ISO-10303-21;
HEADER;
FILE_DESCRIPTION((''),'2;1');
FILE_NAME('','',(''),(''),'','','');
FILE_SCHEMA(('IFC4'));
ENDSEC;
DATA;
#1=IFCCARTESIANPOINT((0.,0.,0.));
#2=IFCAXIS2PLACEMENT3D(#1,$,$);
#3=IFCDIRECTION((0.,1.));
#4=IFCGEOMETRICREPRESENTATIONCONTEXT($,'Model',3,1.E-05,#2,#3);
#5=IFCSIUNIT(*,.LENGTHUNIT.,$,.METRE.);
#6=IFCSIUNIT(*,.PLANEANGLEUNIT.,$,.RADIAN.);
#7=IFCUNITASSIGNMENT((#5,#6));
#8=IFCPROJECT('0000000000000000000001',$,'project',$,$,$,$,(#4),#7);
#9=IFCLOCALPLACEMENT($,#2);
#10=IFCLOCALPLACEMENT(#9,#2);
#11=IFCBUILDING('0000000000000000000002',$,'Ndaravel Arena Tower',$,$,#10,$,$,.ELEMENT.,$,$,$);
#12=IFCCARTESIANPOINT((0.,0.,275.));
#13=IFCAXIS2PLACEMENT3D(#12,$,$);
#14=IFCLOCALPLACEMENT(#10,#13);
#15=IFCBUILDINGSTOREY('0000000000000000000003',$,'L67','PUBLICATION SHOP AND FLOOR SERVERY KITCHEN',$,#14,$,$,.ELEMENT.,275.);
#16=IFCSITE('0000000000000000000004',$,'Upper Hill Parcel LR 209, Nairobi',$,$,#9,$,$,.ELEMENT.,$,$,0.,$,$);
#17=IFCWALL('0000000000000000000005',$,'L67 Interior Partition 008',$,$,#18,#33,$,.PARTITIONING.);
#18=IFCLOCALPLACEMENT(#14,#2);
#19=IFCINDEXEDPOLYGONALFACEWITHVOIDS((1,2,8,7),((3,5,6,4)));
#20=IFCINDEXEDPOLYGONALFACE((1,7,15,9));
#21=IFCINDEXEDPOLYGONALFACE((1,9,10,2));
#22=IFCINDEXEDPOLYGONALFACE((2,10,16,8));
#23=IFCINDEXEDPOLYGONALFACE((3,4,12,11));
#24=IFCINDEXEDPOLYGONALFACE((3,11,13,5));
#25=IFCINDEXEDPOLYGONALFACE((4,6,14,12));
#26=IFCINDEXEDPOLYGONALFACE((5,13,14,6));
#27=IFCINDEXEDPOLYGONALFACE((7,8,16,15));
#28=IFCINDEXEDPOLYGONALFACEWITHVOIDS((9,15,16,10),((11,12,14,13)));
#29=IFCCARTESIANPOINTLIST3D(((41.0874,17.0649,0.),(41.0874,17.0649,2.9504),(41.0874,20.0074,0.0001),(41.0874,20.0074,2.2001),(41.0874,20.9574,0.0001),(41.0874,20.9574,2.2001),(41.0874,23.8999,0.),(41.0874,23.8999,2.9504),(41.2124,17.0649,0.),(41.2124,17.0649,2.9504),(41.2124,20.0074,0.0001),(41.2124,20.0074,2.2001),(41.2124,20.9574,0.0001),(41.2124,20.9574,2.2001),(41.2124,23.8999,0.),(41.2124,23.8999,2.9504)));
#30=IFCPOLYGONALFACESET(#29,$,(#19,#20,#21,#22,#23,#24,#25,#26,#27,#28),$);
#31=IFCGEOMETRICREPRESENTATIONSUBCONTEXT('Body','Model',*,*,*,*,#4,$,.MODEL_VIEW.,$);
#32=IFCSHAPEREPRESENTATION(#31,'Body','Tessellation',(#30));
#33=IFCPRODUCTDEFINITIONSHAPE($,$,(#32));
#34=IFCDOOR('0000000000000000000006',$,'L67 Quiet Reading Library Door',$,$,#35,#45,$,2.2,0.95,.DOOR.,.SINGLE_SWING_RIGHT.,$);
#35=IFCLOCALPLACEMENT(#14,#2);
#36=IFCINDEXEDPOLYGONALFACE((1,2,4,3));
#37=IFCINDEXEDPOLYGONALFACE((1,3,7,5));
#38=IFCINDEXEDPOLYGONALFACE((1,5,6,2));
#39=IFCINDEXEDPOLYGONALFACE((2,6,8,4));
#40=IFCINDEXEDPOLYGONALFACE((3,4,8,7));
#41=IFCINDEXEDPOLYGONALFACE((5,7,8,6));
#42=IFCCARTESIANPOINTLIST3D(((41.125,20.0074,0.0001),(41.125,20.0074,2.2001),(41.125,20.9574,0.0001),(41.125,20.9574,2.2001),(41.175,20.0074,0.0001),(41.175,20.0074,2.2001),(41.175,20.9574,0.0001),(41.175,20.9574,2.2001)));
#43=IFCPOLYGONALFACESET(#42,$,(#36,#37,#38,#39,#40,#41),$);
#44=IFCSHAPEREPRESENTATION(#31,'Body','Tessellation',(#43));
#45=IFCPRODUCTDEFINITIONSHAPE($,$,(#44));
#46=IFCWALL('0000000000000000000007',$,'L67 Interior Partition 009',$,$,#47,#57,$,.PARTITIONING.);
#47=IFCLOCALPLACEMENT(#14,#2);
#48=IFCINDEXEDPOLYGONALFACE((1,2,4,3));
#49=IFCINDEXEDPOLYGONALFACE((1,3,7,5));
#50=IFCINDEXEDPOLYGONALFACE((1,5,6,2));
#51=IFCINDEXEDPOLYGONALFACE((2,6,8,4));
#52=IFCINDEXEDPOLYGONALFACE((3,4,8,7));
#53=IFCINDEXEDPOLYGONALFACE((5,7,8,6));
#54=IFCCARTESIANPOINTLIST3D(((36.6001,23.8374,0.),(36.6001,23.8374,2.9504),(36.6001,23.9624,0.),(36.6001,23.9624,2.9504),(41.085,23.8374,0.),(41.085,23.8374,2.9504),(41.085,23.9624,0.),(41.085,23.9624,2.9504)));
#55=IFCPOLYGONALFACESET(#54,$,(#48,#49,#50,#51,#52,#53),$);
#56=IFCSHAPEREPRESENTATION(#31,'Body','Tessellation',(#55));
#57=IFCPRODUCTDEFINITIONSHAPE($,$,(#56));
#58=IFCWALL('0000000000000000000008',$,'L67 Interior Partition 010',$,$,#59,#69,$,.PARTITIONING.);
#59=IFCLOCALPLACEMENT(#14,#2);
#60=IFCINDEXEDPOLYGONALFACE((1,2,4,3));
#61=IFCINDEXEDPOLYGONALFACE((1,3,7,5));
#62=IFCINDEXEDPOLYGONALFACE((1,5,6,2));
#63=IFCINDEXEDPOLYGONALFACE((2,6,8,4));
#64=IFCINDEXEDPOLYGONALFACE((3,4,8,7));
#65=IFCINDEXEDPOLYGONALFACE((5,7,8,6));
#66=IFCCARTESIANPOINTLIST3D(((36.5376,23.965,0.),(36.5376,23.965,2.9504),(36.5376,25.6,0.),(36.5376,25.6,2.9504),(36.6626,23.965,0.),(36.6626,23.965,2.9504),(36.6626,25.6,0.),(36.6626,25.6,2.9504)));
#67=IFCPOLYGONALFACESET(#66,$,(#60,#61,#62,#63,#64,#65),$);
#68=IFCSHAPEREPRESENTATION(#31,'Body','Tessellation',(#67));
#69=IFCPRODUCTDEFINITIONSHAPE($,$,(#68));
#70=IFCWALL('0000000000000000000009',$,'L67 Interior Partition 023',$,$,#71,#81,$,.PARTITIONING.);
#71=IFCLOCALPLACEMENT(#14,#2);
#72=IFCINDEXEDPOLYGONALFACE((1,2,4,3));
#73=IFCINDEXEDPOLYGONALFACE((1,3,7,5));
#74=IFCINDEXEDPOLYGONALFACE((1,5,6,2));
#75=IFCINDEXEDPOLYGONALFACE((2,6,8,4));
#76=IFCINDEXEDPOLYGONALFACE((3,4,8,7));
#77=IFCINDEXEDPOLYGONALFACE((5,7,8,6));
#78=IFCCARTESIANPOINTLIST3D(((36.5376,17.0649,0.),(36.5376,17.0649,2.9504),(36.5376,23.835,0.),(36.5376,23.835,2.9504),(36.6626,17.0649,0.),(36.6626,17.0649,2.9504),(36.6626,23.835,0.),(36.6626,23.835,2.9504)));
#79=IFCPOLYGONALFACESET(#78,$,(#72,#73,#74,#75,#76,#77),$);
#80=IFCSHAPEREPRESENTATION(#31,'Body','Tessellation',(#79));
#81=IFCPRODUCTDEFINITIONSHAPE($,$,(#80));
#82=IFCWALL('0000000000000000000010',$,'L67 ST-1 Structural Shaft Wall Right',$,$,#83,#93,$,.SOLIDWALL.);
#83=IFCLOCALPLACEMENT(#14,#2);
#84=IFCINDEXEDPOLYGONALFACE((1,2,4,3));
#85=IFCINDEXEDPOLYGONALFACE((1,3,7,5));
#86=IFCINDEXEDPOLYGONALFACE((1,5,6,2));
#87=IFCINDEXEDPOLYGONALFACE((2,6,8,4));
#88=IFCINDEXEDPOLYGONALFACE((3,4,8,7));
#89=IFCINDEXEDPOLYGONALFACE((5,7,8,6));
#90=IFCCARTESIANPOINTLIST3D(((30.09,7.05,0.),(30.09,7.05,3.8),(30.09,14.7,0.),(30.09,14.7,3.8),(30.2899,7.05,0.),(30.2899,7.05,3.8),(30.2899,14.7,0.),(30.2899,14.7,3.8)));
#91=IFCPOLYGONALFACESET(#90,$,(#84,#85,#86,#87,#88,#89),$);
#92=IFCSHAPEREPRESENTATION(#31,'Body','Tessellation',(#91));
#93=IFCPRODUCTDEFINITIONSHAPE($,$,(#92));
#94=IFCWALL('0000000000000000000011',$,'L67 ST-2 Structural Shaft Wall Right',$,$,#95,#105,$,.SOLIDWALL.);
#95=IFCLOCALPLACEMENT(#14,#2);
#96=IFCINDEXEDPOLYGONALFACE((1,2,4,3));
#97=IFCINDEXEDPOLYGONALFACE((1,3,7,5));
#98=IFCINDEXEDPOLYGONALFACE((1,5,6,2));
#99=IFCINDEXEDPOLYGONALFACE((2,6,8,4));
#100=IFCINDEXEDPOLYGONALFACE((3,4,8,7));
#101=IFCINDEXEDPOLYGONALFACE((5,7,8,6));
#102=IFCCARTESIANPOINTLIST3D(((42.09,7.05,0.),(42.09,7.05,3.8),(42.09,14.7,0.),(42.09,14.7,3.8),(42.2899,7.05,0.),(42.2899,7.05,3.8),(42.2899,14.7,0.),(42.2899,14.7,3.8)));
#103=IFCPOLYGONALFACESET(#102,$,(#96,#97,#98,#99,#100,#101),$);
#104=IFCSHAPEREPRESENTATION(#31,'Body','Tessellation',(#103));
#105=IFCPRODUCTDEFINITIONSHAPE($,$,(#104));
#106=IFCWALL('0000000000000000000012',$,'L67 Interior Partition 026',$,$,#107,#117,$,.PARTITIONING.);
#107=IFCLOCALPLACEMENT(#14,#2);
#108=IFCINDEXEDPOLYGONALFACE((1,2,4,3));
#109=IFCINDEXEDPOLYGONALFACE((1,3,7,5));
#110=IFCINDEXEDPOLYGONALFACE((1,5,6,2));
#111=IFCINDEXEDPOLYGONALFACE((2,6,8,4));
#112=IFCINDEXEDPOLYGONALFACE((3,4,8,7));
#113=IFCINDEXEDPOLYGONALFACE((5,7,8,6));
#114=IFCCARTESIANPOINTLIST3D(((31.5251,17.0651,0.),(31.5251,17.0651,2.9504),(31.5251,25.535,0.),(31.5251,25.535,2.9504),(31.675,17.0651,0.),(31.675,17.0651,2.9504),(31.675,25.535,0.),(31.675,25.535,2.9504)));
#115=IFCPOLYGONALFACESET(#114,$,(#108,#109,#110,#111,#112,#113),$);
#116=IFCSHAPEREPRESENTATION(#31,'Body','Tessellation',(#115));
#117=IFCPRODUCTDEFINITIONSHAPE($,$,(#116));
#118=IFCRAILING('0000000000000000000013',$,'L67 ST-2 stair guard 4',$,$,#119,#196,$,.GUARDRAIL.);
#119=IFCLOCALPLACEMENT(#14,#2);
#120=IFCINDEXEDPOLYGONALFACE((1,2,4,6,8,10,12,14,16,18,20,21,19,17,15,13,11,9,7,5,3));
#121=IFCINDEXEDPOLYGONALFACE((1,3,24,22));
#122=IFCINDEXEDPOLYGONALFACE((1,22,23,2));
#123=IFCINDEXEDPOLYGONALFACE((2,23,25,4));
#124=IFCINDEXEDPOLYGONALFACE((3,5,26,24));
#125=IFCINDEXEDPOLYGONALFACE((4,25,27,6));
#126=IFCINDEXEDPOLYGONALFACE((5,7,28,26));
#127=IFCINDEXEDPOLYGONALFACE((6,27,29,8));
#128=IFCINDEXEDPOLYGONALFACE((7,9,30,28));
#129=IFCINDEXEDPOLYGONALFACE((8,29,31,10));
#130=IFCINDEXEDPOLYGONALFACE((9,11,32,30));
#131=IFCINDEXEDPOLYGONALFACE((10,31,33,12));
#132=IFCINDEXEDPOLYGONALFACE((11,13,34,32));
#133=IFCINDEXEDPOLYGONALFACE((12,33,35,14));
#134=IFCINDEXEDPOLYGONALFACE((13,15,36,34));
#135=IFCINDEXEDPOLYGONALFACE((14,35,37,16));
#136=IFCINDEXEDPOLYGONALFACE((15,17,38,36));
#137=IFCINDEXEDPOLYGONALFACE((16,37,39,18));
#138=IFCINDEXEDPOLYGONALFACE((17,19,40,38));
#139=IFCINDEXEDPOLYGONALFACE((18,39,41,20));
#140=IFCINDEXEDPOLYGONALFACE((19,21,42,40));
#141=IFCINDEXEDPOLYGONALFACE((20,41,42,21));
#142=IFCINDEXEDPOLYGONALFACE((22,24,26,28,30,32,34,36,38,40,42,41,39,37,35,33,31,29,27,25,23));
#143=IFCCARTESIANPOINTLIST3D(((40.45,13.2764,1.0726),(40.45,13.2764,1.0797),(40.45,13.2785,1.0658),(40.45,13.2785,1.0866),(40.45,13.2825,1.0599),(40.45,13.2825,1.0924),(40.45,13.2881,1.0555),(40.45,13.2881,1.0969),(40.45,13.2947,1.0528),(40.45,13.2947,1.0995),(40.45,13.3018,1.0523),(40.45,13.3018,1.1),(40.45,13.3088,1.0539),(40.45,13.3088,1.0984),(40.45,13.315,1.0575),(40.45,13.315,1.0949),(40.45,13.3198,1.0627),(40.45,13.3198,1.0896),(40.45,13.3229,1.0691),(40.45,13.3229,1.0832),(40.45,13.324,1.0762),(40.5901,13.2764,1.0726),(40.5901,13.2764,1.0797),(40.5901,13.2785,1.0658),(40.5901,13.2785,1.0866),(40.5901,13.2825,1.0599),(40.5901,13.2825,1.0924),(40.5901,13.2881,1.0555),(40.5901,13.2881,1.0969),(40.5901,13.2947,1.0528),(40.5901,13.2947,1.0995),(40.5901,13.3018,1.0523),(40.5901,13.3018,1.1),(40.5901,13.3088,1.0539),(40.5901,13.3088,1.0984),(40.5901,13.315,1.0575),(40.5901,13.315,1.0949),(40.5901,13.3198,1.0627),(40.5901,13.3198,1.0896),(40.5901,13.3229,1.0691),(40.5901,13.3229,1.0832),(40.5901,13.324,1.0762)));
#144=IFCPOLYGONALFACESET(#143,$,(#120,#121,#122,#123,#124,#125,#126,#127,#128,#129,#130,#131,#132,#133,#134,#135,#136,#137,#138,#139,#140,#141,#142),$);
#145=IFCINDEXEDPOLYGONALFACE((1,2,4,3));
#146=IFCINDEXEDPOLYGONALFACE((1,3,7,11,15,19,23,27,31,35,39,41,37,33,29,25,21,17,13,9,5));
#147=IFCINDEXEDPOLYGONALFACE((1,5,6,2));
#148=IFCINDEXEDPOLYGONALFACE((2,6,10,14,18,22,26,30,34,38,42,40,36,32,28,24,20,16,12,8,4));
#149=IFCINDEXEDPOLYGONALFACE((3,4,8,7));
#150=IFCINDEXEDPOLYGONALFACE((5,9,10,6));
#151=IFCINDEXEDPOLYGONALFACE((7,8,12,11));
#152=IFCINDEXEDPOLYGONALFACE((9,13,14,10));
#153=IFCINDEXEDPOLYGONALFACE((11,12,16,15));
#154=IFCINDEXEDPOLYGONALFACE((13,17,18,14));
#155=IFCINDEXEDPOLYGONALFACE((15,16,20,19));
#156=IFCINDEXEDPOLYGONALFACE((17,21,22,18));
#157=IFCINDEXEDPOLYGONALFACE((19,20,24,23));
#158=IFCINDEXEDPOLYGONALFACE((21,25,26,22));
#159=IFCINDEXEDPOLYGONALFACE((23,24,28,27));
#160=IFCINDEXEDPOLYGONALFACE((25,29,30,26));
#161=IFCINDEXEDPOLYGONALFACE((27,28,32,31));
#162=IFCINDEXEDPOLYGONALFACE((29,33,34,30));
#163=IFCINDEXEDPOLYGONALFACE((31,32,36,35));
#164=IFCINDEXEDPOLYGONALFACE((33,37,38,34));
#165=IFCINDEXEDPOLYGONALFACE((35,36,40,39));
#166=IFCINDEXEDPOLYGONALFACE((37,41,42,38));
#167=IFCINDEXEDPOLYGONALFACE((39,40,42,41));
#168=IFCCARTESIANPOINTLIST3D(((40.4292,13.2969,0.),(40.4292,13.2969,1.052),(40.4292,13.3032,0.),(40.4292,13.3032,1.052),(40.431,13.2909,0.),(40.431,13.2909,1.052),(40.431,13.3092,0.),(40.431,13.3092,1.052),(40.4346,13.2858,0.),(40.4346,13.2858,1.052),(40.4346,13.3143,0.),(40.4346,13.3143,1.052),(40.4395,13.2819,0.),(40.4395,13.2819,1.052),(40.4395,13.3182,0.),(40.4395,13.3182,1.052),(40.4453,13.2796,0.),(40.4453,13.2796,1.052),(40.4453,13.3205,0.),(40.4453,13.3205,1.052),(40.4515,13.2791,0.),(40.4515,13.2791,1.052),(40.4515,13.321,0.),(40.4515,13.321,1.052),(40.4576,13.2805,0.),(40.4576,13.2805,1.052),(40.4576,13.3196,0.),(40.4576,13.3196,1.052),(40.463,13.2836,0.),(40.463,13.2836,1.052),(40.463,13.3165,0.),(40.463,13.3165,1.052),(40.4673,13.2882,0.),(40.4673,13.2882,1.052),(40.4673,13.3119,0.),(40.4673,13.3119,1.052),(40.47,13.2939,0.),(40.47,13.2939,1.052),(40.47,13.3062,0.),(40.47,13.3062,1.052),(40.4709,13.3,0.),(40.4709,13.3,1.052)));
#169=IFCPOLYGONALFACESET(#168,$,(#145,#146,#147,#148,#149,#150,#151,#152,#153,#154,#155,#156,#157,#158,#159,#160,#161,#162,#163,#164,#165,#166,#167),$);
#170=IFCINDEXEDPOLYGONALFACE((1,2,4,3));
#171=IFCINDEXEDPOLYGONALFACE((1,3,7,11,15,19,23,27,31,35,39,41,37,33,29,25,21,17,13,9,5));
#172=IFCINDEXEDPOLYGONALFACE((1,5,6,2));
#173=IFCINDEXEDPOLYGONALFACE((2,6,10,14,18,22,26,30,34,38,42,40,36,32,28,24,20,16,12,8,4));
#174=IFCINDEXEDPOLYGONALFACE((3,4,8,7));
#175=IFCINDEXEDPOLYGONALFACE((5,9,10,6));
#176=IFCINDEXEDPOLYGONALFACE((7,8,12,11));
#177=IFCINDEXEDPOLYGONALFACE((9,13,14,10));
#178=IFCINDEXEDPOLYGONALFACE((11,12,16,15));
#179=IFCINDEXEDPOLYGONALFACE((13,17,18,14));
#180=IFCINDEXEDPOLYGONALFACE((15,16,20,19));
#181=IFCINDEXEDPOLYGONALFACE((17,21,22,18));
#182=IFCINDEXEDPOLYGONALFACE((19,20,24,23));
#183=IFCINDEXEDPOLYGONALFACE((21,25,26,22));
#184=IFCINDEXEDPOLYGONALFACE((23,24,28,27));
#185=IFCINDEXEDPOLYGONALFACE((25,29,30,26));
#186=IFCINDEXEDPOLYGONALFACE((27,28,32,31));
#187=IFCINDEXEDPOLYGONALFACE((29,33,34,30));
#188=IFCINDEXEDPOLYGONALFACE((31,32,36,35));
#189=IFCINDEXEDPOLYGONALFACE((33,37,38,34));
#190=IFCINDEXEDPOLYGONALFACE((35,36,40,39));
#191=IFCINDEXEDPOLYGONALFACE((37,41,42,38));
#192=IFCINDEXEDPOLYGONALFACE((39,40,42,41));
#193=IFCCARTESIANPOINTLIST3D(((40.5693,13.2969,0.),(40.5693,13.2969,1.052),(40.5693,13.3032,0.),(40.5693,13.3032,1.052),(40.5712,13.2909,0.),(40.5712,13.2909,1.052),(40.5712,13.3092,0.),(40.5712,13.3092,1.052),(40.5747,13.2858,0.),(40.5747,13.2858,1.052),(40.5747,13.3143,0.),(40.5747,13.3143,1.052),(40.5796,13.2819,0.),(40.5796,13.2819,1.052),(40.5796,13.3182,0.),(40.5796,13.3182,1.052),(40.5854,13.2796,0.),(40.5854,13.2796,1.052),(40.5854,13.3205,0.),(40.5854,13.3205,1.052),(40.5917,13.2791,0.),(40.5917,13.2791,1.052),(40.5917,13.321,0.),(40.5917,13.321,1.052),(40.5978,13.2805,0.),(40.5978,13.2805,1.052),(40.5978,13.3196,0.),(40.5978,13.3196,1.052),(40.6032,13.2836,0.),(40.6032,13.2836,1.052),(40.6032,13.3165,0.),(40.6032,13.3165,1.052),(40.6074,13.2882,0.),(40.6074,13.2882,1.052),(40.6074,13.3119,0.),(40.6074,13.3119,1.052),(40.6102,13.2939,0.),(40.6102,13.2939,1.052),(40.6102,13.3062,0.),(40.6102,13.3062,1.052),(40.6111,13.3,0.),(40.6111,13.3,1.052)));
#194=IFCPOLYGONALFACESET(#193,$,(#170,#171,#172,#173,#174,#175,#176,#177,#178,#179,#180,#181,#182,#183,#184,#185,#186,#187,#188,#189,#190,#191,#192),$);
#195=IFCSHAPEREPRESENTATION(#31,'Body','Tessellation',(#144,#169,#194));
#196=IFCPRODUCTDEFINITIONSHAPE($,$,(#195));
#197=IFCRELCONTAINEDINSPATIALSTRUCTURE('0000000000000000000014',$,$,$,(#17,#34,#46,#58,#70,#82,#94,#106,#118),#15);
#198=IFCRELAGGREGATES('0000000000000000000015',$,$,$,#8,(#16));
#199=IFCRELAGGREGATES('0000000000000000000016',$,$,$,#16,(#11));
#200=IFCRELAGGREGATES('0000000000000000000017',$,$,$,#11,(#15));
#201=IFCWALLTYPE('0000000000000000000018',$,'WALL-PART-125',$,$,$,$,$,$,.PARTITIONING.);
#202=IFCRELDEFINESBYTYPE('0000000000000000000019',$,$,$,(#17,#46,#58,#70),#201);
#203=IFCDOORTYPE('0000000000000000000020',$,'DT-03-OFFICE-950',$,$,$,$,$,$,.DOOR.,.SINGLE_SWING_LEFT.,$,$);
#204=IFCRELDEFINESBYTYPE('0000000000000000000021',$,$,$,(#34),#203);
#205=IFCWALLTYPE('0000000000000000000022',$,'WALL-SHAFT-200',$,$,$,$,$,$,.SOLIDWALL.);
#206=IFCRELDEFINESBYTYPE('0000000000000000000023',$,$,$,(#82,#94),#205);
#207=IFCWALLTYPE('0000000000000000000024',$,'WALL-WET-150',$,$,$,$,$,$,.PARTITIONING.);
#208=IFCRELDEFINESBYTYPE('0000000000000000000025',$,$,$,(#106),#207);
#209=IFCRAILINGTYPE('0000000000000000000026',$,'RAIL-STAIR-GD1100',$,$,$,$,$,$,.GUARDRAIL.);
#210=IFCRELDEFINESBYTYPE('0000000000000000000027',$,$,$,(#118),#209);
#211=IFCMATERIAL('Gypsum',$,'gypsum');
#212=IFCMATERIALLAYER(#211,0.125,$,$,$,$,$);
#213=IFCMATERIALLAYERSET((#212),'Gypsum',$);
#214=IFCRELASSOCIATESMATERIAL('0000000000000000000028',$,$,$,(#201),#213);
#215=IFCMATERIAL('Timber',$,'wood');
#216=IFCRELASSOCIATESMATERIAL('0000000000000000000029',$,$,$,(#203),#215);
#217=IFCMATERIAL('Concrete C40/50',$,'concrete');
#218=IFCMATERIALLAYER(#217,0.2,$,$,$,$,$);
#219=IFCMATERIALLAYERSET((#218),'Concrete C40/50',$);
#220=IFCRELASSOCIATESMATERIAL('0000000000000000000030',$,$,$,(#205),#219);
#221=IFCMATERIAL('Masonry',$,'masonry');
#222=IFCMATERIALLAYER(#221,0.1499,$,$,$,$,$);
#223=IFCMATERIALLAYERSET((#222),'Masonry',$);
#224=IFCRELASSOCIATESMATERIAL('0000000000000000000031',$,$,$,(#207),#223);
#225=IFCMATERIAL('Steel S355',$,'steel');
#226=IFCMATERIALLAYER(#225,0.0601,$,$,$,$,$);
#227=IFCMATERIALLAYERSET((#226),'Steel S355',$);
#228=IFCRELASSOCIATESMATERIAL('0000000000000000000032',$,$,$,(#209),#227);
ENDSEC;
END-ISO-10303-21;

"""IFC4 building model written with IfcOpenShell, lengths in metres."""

from ifc_helpers import new_model, si_unit, direction, frame, frame_2d, origin, origin_2d, place, context, subcontext, project, spatial, rectangle, circle, extrude, material, layer, layer_set, type_object, element, fill, save


model = new_model("IFC4")

# Units and contexts
model_context = context("Model", 3, precision=1e-05, world=origin(), true_north=direction((0.0, 1.0)))
body_context = subcontext(model_context, "Body", "Model", "MODEL_VIEW")
ifc_project = project(units=[si_unit("LENGTHUNIT", "METRE"), si_unit("PLANEANGLEUNIT", "RADIAN")], contexts=[model_context])

# Site, building, storey
site_placement = place(None, origin())
site = spatial("IfcSite", under=ifc_project, at=site_placement, Name="Upper Hill Parcel LR 209, Nairobi", CompositionType="ELEMENT", RefElevation=0.0)
building_placement = place(site_placement, origin())
building = spatial("IfcBuilding", under=site, at=building_placement, Name="Ndaravel Arena Tower", CompositionType="ELEMENT")
storey_placement = place(building_placement, frame((0.0, 0.0, 275.0)))
storey = spatial("IfcBuildingStorey", under=building, at=storey_placement, Name="L67", Description="PUBLICATION SHOP AND FLOOR SERVERY KITCHEN", CompositionType="ELEMENT", Elevation=275.0)

# Shared definitions
ifc_material_1 = material(Name="Gypsum", Category="gypsum")
ifc_layer_1 = layer(ifc_material_1, 0.125)
ifc_layer_set_1 = layer_set([ifc_layer_1], Name="Gypsum")
wall_type_1 = type_object("IfcWallType", Name="WALL-PART-125", PredefinedType="PARTITIONING", material=ifc_layer_set_1)
ifc_material_2 = material(Name="Timber", Category="wood")
door_type = type_object("IfcDoorType", Name="DT-03-OFFICE-950", OperationType="SINGLE_SWING_LEFT", PredefinedType="DOOR", material=ifc_material_2)

# Wall, opening, door
wall_1_placement = place(storey_placement, frame((41.1499, 17.0649, 0.0), z_axis=(0.0, 0.0, 1.0), x_axis=(0.0, 1.0, 0.0)))
wall_1 = element("IfcWall", 1, at=wall_1_placement, inside=storey, type_object=wall_type_1, Name="L67 Interior Partition 008", PredefinedType="PARTITIONING", context=body_context, shape_type="SweptSolid", body=[
    extrude(rectangle(XDim=6.835, YDim=0.125, at=frame_2d((3.4175, 0.0))), origin(), (0.0, 0.0, 1.0), 2.9504),
])
opening_1_placement = place(wall_1_placement, frame((2.9424, 0.0, 0.0)))
opening_1 = element("IfcOpeningElement", 2, at=opening_1_placement, cuts=wall_1, PredefinedType="OPENING", context=body_context, shape_type="SweptSolid", body=[
    extrude(rectangle(XDim=0.95, YDim=2.2, at=frame_2d((0.4751, 1.1001))), frame((0.0, 0.0625, 0.0), z_axis=(0.0, -1.0, 0.0), x_axis=(1.0, 0.0, 0.0)), (0.0, 0.0, 1.0), 0.125),
])
door_1_placement = place(opening_1_placement, origin())
door_1 = element("IfcDoor", 3, at=door_1_placement, inside=storey, type_object=door_type, Name="L67 Quiet Reading Library Door", OperationType="SINGLE_SWING_RIGHT", OverallHeight=2.2, OverallWidth=0.95, PredefinedType="DOOR", context=body_context, shape_type="SweptSolid", body=[
    extrude(rectangle(XDim=0.95, YDim=2.2, at=frame_2d((0.4751, 1.1001))), frame((0.0, 0.0249, 0.0), z_axis=(0.0, -1.0, 0.0), x_axis=(1.0, 0.0, 0.0)), (0.0, 0.0, 1.0), 0.05),
])
fill(opening_1, door_1)

# Walls
wall_2_placement = place(storey_placement, frame((41.085, 23.8999, 0.0), z_axis=(0.0, 0.0, 1.0), x_axis=(-1.0, 0.0, 0.0)))
element("IfcWall", 4, at=wall_2_placement, inside=storey, type_object=wall_type_1, Name="L67 Interior Partition 009", PredefinedType="PARTITIONING", context=body_context, shape_type="SweptSolid", body=[
    extrude(rectangle(XDim=4.4849, YDim=0.125, at=frame_2d((2.2424, 0.0))), origin(), (0.0, 0.0, 1.0), 2.9504),
])
wall_3_placement = place(storey_placement, frame((36.6001, 23.9651, 0.0), z_axis=(0.0, 0.0, 1.0), x_axis=(0.0, 1.0, 0.0)))
element("IfcWall", 5, at=wall_3_placement, inside=storey, type_object=wall_type_1, Name="L67 Interior Partition 010", PredefinedType="PARTITIONING", context=body_context, shape_type="SweptSolid", body=[
    extrude(rectangle(XDim=1.635, YDim=0.125, at=frame_2d((0.8174, 0.0))), origin(), (0.0, 0.0, 1.0), 2.9504),
])
wall_4_placement = place(storey_placement, frame((36.6001, 17.0649, 0.0), z_axis=(0.0, 0.0, 1.0), x_axis=(0.0, 1.0, 0.0)))
element("IfcWall", 6, at=wall_4_placement, inside=storey, type_object=wall_type_1, Name="L67 Interior Partition 023", PredefinedType="PARTITIONING", context=body_context, shape_type="SweptSolid", body=[
    extrude(rectangle(XDim=6.77, YDim=0.125, at=frame_2d((3.385, 0.0))), origin(), (0.0, 0.0, 1.0), 2.9504),
])
ifc_material_3 = material(Name="Concrete C40/50", Category="concrete")
ifc_layer_2 = layer(ifc_material_3, 0.2)
ifc_layer_set_2 = layer_set([ifc_layer_2], Name="Concrete C40/50")
wall_type_2 = type_object("IfcWallType", Name="WALL-SHAFT-200", PredefinedType="SOLIDWALL", material=ifc_layer_set_2)
for number, where, z_axis, x_axis, name in (
    (7, (30.1899, 14.7, 0.0), (0.0, 0.0, 1.0), (0.0, -1.0, 0.0), "L67 ST-1 Structural Shaft Wall Right"),
    (8, (42.1899, 14.7, 0.0), (0.0, 0.0, 1.0), (0.0, -1.0, 0.0), "L67 ST-2 Structural Shaft Wall Right"),
):
    element("IfcWall", number, at=place(storey_placement, frame(where, z_axis=z_axis, x_axis=x_axis)), inside=storey, type_object=wall_type_2, Name=name, PredefinedType="SOLIDWALL", context=body_context, shape_type="SweptSolid", body=[
        extrude(rectangle(XDim=7.6499, YDim=0.2, at=frame_2d((3.825, 0.0))), origin(), (0.0, 0.0, 1.0), 3.8),
    ])
ifc_material_4 = material(Name="Masonry", Category="masonry")
ifc_layer_3 = layer(ifc_material_4, 0.1499)
ifc_layer_set_3 = layer_set([ifc_layer_3], Name="Masonry")
wall_type_3 = type_object("IfcWallType", Name="WALL-WET-150", PredefinedType="PARTITIONING", material=ifc_layer_set_3)
wall_5_placement = place(storey_placement, frame((31.6001, 25.5349, 0.0), z_axis=(0.0, 0.0, 1.0), x_axis=(0.0, -1.0, 0.0)))
element("IfcWall", 9, at=wall_5_placement, inside=storey, type_object=wall_type_3, Name="L67 Interior Partition 026", PredefinedType="PARTITIONING", context=body_context, shape_type="SweptSolid", body=[
    extrude(rectangle(XDim=8.47, YDim=0.1499, at=frame_2d((4.2349, 0.0))), origin(), (0.0, 0.0, 1.0), 2.9504),
])

# Railing
ifc_material_5 = material(Name="Steel S355", Category="steel")
ifc_layer_4 = layer(ifc_material_5, 0.0601)
ifc_layer_set_4 = layer_set([ifc_layer_4], Name="Steel S355")
railing_type = type_object("IfcRailingType", Name="RAIL-STAIR-GD1100", PredefinedType="GUARDRAIL", material=ifc_layer_set_4)
railing_1_placement = place(storey_placement, frame((40.45, 13.3, 0.0)))
element("IfcRailing", 10, at=railing_1_placement, inside=storey, type_object=railing_type, Name="L67 ST-2 stair guard 4", PredefinedType="GUARDRAIL", context=body_context, shape_type="SweptSolid", body=[
    extrude(circle(Radius=0.0239, at=origin_2d()), frame((0.0, 0.0, 1.0762), z_axis=(1.0, 0.0, 0.0), x_axis=(0.0, 1.0, 0.0)), (0.0, 0.0, 1.0), 0.1401),
    extrude(circle(Radius=0.021, at=origin_2d()), origin(), (0.0, 0.0, 1.0), 1.052),
    extrude(circle(Radius=0.021, at=origin_2d()), frame((0.1401, 0.0, 0.0)), (0.0, 0.0, 1.0), 1.052),
])

save(model, "model.ifc")
